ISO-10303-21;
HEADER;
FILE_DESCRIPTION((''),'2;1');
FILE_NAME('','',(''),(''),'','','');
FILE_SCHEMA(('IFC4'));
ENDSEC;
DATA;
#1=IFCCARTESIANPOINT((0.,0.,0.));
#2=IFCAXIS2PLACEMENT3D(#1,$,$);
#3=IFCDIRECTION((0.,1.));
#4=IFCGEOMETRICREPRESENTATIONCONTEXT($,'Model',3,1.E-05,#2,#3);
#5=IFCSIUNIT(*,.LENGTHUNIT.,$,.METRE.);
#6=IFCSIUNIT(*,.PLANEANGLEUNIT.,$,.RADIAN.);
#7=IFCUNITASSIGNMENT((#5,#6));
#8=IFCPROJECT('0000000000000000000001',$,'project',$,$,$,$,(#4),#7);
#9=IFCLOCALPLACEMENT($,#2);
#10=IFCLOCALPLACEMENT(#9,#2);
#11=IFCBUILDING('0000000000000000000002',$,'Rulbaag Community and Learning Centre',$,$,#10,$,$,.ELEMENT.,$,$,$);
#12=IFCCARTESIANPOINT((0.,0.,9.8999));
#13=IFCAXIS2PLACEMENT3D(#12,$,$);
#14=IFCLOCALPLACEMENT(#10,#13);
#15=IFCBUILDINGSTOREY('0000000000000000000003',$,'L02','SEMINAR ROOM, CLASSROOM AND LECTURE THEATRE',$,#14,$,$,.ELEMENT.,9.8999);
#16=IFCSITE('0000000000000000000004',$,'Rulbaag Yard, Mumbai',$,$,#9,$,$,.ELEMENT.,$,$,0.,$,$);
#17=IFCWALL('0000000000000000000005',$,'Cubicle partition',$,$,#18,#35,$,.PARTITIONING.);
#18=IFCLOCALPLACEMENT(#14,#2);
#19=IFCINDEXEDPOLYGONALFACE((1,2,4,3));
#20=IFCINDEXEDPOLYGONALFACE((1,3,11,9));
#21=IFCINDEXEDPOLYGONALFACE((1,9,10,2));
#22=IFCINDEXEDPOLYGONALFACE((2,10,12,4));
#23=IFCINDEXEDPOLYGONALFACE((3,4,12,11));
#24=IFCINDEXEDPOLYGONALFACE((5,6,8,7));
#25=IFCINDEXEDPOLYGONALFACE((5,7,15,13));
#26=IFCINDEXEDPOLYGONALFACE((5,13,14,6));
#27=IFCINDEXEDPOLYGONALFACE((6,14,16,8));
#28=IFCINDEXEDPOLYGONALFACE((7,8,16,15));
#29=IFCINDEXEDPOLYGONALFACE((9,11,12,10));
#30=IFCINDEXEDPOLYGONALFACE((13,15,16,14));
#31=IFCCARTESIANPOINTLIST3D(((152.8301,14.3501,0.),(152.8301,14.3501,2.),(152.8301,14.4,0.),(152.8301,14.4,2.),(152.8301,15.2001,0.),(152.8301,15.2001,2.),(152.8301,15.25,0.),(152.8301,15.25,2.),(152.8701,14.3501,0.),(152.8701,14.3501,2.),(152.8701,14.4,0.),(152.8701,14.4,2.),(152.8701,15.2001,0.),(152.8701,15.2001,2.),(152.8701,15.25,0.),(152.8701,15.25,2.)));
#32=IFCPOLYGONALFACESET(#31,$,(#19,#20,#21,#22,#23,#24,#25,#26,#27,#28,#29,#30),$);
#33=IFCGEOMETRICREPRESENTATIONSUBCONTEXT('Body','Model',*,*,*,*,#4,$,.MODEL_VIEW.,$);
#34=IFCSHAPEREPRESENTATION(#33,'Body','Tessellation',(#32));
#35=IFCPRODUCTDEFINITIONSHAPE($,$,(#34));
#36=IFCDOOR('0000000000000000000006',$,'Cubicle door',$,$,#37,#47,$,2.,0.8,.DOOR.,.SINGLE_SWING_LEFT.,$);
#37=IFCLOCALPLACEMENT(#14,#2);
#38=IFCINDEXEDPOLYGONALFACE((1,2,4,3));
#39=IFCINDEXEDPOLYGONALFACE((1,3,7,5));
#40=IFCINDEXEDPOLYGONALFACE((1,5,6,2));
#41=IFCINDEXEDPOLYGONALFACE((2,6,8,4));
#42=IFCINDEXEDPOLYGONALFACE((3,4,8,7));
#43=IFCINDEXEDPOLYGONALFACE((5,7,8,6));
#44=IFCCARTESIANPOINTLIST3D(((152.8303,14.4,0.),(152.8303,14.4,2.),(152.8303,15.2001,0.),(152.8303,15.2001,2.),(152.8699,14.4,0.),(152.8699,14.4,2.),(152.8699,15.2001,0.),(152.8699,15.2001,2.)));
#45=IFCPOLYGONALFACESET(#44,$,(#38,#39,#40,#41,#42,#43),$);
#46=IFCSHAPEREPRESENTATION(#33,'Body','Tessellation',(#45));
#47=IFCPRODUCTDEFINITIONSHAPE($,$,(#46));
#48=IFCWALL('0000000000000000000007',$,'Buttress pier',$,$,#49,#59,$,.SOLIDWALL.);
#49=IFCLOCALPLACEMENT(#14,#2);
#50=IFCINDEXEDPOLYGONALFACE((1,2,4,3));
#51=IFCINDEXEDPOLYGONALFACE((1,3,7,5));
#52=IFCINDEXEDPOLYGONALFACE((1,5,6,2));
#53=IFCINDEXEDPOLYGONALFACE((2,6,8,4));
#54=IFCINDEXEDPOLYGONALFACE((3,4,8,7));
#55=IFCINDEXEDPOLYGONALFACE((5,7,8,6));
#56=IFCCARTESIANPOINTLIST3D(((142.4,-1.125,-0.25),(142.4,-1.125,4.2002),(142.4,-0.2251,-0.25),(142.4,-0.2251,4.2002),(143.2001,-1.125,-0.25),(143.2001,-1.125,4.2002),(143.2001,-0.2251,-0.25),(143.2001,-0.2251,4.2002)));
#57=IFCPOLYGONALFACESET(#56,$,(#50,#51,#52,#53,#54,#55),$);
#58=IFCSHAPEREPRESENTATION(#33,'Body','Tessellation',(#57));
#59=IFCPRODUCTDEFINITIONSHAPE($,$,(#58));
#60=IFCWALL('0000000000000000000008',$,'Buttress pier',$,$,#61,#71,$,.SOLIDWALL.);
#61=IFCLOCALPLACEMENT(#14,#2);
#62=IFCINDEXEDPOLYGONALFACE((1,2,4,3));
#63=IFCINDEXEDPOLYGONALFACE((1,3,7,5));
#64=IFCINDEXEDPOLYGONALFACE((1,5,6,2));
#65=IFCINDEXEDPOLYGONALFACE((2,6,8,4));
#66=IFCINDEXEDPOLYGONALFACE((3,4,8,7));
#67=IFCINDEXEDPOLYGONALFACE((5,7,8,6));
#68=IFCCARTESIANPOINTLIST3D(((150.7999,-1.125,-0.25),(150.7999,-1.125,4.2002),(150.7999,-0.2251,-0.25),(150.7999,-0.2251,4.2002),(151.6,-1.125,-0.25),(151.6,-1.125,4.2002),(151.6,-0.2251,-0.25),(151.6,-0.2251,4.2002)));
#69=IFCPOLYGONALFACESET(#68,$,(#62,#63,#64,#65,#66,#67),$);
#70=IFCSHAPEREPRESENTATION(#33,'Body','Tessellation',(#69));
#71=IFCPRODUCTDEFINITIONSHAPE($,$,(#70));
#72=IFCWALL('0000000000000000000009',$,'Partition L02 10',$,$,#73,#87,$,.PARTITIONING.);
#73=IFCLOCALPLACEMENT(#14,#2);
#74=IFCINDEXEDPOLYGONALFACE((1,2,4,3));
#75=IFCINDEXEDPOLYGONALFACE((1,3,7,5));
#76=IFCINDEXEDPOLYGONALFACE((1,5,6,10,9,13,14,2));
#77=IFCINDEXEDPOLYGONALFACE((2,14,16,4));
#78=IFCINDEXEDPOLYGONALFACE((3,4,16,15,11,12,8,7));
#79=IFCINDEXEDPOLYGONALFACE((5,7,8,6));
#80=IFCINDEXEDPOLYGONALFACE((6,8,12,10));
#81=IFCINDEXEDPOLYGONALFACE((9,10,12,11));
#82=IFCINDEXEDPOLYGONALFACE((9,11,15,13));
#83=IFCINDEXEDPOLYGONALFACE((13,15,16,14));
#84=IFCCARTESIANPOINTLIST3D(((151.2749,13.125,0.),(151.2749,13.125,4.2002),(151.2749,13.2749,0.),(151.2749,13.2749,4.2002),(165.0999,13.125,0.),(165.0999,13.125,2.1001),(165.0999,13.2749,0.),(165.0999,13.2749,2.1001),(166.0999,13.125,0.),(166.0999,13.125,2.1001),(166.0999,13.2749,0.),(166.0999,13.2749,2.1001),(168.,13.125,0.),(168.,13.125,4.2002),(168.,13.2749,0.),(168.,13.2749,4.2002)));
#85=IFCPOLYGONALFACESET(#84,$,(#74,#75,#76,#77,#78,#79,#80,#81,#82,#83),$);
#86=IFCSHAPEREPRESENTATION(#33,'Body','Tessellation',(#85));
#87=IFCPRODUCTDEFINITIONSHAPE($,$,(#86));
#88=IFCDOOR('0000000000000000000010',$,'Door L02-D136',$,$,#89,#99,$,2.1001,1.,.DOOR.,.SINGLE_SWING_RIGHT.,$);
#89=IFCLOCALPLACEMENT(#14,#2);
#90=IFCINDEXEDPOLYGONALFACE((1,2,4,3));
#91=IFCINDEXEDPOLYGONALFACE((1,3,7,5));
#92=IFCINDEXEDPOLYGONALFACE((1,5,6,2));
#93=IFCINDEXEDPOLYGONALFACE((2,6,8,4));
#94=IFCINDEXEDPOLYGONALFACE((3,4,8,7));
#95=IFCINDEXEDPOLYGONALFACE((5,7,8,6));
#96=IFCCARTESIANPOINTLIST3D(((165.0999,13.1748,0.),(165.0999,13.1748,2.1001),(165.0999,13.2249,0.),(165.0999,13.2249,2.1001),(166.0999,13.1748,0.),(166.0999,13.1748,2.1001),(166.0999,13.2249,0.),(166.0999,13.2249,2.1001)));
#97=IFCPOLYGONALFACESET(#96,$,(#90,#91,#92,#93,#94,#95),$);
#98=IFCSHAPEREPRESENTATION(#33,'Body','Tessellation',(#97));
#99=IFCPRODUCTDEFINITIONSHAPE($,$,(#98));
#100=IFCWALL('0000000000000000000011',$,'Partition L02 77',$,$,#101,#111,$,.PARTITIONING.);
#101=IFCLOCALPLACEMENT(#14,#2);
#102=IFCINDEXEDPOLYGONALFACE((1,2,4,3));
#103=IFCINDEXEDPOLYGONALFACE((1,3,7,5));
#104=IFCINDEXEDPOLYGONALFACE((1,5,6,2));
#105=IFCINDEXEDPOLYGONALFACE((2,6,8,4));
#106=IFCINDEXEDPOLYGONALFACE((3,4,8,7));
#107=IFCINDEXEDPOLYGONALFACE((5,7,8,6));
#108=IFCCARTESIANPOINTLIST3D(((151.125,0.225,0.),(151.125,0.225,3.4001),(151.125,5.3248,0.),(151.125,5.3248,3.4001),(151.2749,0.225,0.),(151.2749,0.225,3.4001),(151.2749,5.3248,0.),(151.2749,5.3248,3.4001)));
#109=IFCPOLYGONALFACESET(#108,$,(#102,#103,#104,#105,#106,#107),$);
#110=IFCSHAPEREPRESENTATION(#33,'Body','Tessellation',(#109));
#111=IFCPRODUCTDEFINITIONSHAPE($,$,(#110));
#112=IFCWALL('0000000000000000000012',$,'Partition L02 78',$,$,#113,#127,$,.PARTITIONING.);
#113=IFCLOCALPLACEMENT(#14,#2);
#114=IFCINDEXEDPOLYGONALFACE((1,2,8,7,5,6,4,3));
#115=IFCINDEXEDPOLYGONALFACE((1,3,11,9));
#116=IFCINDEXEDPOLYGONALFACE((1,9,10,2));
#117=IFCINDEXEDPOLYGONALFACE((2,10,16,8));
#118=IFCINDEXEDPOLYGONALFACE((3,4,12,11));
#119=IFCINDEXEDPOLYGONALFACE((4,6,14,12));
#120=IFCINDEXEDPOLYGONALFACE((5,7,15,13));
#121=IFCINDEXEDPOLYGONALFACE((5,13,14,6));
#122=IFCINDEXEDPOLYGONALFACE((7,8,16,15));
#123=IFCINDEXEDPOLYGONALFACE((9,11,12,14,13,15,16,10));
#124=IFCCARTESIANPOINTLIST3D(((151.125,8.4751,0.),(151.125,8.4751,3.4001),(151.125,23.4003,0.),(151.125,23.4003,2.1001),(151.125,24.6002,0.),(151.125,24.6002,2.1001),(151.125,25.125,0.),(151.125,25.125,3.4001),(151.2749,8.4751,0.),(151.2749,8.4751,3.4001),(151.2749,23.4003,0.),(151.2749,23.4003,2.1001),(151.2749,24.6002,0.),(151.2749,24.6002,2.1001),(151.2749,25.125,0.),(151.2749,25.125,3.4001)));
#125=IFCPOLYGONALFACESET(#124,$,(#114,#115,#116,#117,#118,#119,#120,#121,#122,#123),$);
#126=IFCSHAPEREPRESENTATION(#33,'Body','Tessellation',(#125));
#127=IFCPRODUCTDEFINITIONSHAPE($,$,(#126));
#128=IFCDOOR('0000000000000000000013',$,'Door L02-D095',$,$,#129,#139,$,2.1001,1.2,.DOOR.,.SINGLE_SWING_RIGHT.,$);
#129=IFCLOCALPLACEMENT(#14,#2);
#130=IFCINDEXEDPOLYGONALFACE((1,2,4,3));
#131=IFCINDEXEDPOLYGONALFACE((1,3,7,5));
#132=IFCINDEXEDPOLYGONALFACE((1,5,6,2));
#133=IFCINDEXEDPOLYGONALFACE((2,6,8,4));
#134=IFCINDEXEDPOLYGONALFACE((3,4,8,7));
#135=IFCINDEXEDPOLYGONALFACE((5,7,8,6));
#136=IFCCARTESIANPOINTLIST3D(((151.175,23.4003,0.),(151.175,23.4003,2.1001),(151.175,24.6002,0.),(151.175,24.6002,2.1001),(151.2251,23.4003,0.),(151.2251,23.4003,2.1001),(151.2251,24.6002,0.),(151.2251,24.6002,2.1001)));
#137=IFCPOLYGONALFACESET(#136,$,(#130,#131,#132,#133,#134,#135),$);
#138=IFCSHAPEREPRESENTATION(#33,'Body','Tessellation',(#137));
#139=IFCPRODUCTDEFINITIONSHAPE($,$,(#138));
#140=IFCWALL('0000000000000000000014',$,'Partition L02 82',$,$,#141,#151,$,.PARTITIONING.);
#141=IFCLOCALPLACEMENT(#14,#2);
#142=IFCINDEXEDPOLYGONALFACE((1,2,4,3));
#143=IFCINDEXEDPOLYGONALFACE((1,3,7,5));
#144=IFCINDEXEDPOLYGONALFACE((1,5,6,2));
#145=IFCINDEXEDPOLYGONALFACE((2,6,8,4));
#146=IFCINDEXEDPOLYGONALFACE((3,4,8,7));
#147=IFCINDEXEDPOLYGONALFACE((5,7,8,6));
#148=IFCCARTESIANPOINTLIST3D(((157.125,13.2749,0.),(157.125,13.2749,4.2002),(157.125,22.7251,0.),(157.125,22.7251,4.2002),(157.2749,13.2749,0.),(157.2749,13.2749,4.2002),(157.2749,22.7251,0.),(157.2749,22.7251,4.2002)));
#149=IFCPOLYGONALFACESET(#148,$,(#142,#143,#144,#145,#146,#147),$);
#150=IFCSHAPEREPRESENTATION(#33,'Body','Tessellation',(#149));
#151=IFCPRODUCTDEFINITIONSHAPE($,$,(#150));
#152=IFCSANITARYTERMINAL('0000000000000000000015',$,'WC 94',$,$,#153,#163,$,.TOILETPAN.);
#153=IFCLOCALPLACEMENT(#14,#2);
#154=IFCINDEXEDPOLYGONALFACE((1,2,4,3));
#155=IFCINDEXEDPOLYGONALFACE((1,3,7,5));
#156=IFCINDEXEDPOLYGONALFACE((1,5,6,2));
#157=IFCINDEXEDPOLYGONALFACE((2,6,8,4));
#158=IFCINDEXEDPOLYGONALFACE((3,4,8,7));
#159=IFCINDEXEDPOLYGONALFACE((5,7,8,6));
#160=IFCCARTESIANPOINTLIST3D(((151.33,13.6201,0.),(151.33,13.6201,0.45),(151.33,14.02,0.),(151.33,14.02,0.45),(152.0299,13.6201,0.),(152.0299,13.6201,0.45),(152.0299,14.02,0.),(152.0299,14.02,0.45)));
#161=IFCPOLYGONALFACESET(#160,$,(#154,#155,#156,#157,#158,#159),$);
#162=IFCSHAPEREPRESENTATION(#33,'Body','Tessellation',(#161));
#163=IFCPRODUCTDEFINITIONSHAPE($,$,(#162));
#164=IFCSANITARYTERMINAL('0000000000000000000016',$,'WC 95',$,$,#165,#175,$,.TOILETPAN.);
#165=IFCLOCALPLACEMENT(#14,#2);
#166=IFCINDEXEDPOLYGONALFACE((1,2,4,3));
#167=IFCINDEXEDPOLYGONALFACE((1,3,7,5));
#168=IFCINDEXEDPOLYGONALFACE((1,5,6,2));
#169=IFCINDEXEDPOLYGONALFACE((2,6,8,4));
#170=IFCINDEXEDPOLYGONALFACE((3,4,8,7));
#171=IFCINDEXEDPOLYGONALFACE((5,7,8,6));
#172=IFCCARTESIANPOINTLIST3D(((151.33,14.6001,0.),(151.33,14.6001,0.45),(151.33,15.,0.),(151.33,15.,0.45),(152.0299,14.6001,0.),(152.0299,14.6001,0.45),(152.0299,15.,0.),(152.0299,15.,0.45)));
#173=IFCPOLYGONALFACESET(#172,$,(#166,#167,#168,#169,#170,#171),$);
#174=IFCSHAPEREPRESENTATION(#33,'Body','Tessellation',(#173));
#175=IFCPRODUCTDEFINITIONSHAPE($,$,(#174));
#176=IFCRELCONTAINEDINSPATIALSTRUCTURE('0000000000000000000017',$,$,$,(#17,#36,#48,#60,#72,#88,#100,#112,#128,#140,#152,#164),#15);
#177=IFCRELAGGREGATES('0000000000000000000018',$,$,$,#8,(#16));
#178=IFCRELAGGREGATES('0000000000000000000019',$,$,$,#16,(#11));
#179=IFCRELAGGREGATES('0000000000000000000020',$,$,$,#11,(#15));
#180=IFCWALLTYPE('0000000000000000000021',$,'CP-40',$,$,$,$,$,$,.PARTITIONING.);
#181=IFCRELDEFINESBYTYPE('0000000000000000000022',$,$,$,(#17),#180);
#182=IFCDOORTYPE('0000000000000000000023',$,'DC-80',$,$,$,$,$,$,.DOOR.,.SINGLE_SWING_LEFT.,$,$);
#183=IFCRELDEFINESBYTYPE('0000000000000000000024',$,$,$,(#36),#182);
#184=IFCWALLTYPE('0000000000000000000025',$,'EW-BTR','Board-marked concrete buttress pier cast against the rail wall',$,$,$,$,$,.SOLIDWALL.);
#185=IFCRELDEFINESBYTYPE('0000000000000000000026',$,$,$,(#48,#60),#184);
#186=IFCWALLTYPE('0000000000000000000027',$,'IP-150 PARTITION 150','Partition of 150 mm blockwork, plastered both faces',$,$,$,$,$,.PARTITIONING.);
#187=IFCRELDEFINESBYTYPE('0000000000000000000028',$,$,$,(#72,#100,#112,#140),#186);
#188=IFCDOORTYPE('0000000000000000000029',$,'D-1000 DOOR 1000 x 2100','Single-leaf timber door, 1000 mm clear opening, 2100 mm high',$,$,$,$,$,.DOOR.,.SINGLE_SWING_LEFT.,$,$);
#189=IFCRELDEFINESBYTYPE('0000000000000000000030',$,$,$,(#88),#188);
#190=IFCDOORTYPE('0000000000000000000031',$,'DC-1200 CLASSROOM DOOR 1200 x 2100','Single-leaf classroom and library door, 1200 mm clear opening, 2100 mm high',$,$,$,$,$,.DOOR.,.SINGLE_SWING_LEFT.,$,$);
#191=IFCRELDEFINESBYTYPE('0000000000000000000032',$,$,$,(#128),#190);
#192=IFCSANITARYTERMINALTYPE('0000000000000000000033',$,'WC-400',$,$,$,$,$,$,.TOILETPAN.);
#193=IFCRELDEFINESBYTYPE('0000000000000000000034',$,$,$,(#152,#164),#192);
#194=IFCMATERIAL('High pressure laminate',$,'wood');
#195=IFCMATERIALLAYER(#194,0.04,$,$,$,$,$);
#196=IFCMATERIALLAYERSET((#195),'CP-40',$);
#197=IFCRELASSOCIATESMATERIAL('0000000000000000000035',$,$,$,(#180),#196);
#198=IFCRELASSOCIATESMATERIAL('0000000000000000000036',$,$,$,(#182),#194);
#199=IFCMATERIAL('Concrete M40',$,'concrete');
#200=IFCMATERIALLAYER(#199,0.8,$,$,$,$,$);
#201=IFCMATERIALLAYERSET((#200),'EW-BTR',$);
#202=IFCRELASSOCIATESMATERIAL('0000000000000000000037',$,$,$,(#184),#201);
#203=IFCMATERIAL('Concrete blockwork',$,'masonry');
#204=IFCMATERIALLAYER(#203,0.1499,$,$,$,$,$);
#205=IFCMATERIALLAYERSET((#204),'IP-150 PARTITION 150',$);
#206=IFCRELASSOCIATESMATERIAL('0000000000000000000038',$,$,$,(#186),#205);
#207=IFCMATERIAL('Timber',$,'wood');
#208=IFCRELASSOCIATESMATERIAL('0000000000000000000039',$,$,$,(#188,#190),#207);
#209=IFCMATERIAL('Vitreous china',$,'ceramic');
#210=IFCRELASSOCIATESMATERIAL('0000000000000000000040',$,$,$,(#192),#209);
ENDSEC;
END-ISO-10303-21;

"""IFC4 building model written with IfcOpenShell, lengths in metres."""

from ifc_helpers import new_model, si_unit, direction, frame, frame_2d, origin, origin_2d, place, context, subcontext, project, spatial, rectangle, extrude, material, layer, layer_set, type_object, element, fill, save


model = new_model("IFC4")

# Units and contexts
model_context = context("Model", 3, precision=1e-05, world=origin(), true_north=direction((0.0, 1.0)))
body_context = subcontext(model_context, "Body", "Model", "MODEL_VIEW")
ifc_project = project(units=[si_unit("LENGTHUNIT", "METRE"), si_unit("PLANEANGLEUNIT", "RADIAN")], contexts=[model_context])

# Site, building, storey
site_placement = place(None, origin())
site = spatial("IfcSite", under=ifc_project, at=site_placement, Name="Rulbaag Yard, Mumbai", CompositionType="ELEMENT", RefElevation=0.0)
building_placement = place(site_placement, origin())
building = spatial("IfcBuilding", under=site, at=building_placement, Name="Rulbaag Community and Learning Centre", CompositionType="ELEMENT")
storey_placement = place(building_placement, frame((0.0, 0.0, 9.8999)))
storey = spatial("IfcBuildingStorey", under=building, at=storey_placement, Name="L02", Description="SEMINAR ROOM, CLASSROOM AND LECTURE THEATRE", CompositionType="ELEMENT", Elevation=9.8999)

# Shared definitions
ifc_material_1 = material(Name="Concrete M40", Category="concrete")

# Shared definitions
ifc_material_2 = material(Name="High pressure laminate", Category="wood")
ifc_layer_1 = layer(ifc_material_2, 0.04)
ifc_layer_set_1 = layer_set([ifc_layer_1], Name="CP-40")
wall_type_1 = type_object("IfcWallType", Name="CP-40", PredefinedType="PARTITIONING", material=ifc_layer_set_1)

# Shared definitions
door_type_1 = type_object("IfcDoorType", Name="DC-80", OperationType="SINGLE_SWING_LEFT", PredefinedType="DOOR", material=ifc_material_2)

# Wall, opening, door
wall_1_placement = place(storey_placement, frame((152.8501, 14.3501, 0.0), z_axis=(0.0, 0.0, 1.0), x_axis=(0.0, 1.0, 0.0)))
wall_1 = element("IfcWall", 1, at=wall_1_placement, inside=storey, type_object=wall_type_1, Name="Cubicle partition", PredefinedType="PARTITIONING", context=body_context, shape_type="SweptSolid", body=[
    extrude(rectangle(XDim=0.8999, YDim=0.04, at=frame_2d((0.45, 0.0))), origin(), (0.0, 0.0, 1.0), 2.0),
])
opening_1_placement = place(wall_1_placement, frame((0.05, 0.0, 0.0)))
opening_1 = element("IfcOpeningElement", 2, at=opening_1_placement, cuts=wall_1, PredefinedType="OPENING", context=body_context, shape_type="SweptSolid", body=[
    extrude(rectangle(XDim=0.8, YDim=2.0, at=frame_2d((0.3999, 1.0))), frame((0.0, 0.03, 0.0), z_axis=(0.0, -1.0, 0.0), x_axis=(1.0, 0.0, 0.0)), (0.0, 0.0, 1.0), 0.0601),
])
door_1_placement = place(opening_1_placement, origin())
door_1 = element("IfcDoor", 3, at=door_1_placement, inside=storey, type_object=door_type_1, Name="Cubicle door", OperationType="SINGLE_SWING_LEFT", OverallHeight=2.0, OverallWidth=0.8, PredefinedType="DOOR", context=body_context, shape_type="SweptSolid", body=[
    extrude(rectangle(XDim=0.8, YDim=2.0, at=frame_2d((0.3999, 1.0))), frame((0.0, 0.0198, 0.0), z_axis=(0.0, -1.0, 0.0), x_axis=(1.0, 0.0, 0.0)), (0.0, 0.0, 1.0), 0.0396),
])
fill(opening_1, door_1)

# Walls
ifc_layer_2 = layer(ifc_material_1, 0.8)
ifc_layer_set_2 = layer_set([ifc_layer_2], Name="EW-BTR")
wall_type_2 = type_object("IfcWallType", Name="EW-BTR", Description="Board-marked concrete buttress pier cast against the rail wall", PredefinedType="SOLIDWALL", material=ifc_layer_set_2)
for number, where, z_axis, x_axis, name in (
    (4, (142.8, -0.2251, -0.25), (0.0, 0.0, 1.0), (0.0, -1.0, 0.0), "Buttress pier"),
    (5, (151.2, -0.2251, -0.25), (0.0, 0.0, 1.0), (0.0, -1.0, 0.0), "Buttress pier"),
):
    element("IfcWall", number, at=place(storey_placement, frame(where, z_axis=z_axis, x_axis=x_axis)), inside=storey, type_object=wall_type_2, Name=name, PredefinedType="SOLIDWALL", context=body_context, shape_type="SweptSolid", body=[
        extrude(rectangle(XDim=0.8999, YDim=0.8, at=frame_2d((0.45, 0.0))), origin(), (0.0, 0.0, 1.0), 4.4502),
    ])

# Wall, opening, door
ifc_material_3 = material(Name="Concrete blockwork", Category="masonry")
ifc_layer_3 = layer(ifc_material_3, 0.1499)
ifc_layer_set_3 = layer_set([ifc_layer_3], Name="IP-150 PARTITION 150")
wall_type_3 = type_object("IfcWallType", Name="IP-150 PARTITION 150", Description="Partition of 150 mm blockwork, plastered both faces", PredefinedType="PARTITIONING", material=ifc_layer_set_3)
wall_2_placement = place(storey_placement, frame((151.2749, 13.2, 0.0), z_axis=(0.0, 0.0, 1.0), x_axis=(1.0, 0.0, 0.0)))
wall_2 = element("IfcWall", 6, at=wall_2_placement, inside=storey, type_object=wall_type_3, Name="Partition L02 10", PredefinedType="PARTITIONING", context=body_context, shape_type="SweptSolid", body=[
    extrude(rectangle(XDim=16.7251, YDim=0.1499, at=frame_2d((8.3625, 0.0))), origin(), (0.0, 0.0, 1.0), 4.2002),
])
opening_2_placement = place(wall_2_placement, frame((13.825, 0.0, 0.0)))
opening_2 = element("IfcOpeningElement", 7, at=opening_2_placement, cuts=wall_2, PredefinedType="OPENING", context=body_context, shape_type="SweptSolid", body=[
    extrude(rectangle(XDim=1.0, YDim=2.1001, at=frame_2d((0.5, 1.05))), frame((0.0, 0.085, 0.0), z_axis=(0.0, -1.0, 0.0), x_axis=(1.0, 0.0, 0.0)), (0.0, 0.0, 1.0), 0.1699),
])
ifc_material_4 = material(Name="Timber", Category="wood")
door_type_2 = type_object("IfcDoorType", Name="D-1000 DOOR 1000 x 2100", Description="Single-leaf timber door, 1000 mm clear opening, 2100 mm high", OperationType="SINGLE_SWING_LEFT", PredefinedType="DOOR", material=ifc_material_4)
door_2_placement = place(opening_2_placement, origin())
door_2 = element("IfcDoor", 8, at=door_2_placement, inside=storey, type_object=door_type_2, Name="Door L02-D136", OperationType="SINGLE_SWING_RIGHT", OverallHeight=2.1001, OverallWidth=1.0, PredefinedType="DOOR", context=body_context, shape_type="SweptSolid", body=[
    extrude(rectangle(XDim=1.0, YDim=2.1001, at=frame_2d((0.5, 1.05))), frame((0.0, 0.0249, 0.0), z_axis=(0.0, -1.0, 0.0), x_axis=(1.0, 0.0, 0.0)), (0.0, 0.0, 1.0), 0.05),
])
fill(opening_2, door_2)

# Wall
wall_3_placement = place(storey_placement, frame((151.2, 0.2251, 0.0), z_axis=(0.0, 0.0, 1.0), x_axis=(0.0, 1.0, 0.0)))
element("IfcWall", 9, at=wall_3_placement, inside=storey, type_object=wall_type_3, Name="Partition L02 77", PredefinedType="PARTITIONING", context=body_context, shape_type="SweptSolid", body=[
    extrude(rectangle(XDim=5.0999, YDim=0.1499, at=frame_2d((2.5498, 0.0))), origin(), (0.0, 0.0, 1.0), 3.4001),
])

# Wall, opening, door
wall_4_placement = place(storey_placement, frame((151.2, 8.4751, 0.0), z_axis=(0.0, 0.0, 1.0), x_axis=(0.0, 1.0, 0.0)))
wall_4 = element("IfcWall", 10, at=wall_4_placement, inside=storey, type_object=wall_type_3, Name="Partition L02 78", PredefinedType="PARTITIONING", context=body_context, shape_type="SweptSolid", body=[
    extrude(rectangle(XDim=16.6499, YDim=0.1499, at=frame_2d((8.325, 0.0))), origin(), (0.0, 0.0, 1.0), 3.4001),
])
opening_3_placement = place(wall_4_placement, frame((14.925, 0.0, 0.0)))
opening_3 = element("IfcOpeningElement", 11, at=opening_3_placement, cuts=wall_4, PredefinedType="OPENING", context=body_context, shape_type="SweptSolid", body=[
    extrude(rectangle(XDim=1.2, YDim=2.1001, at=frame_2d((0.6001, 1.05))), frame((0.0, 0.085, 0.0), z_axis=(0.0, -1.0, 0.0), x_axis=(1.0, 0.0, 0.0)), (0.0, 0.0, 1.0), 0.1699),
])
door_type_3 = type_object("IfcDoorType", Name="DC-1200 CLASSROOM DOOR 1200 x 2100", Description="Single-leaf classroom and library door, 1200 mm clear opening, 2100 mm high", OperationType="SINGLE_SWING_LEFT", PredefinedType="DOOR", material=ifc_material_4)
door_3_placement = place(opening_3_placement, origin())
door_3 = element("IfcDoor", 12, at=door_3_placement, inside=storey, type_object=door_type_3, Name="Door L02-D095", OperationType="SINGLE_SWING_RIGHT", OverallHeight=2.1001, OverallWidth=1.2, PredefinedType="DOOR", context=body_context, shape_type="SweptSolid", body=[
    extrude(rectangle(XDim=1.2, YDim=2.1001, at=frame_2d((0.6001, 1.05))), frame((0.0, 0.0249, 0.0), z_axis=(0.0, -1.0, 0.0), x_axis=(1.0, 0.0, 0.0)), (0.0, 0.0, 1.0), 0.05),
])
fill(opening_3, door_3)

# Wall
wall_5_placement = place(storey_placement, frame((157.2, 13.2749, 0.0), z_axis=(0.0, 0.0, 1.0), x_axis=(0.0, 1.0, 0.0)))
element("IfcWall", 13, at=wall_5_placement, inside=storey, type_object=wall_type_3, Name="Partition L02 82", PredefinedType="PARTITIONING", context=body_context, shape_type="SweptSolid", body=[
    extrude(rectangle(XDim=9.4502, YDim=0.1499, at=frame_2d((4.7251, 0.0))), origin(), (0.0, 0.0, 1.0), 4.2002),
])

# Sanitary terminals
ifc_material_5 = material(Name="Vitreous china", Category="ceramic")
sanitary_terminal_type = type_object("IfcSanitaryTerminalType", Name="WC-400", PredefinedType="TOILETPAN", material=ifc_material_5)
for number, where, z_axis, x_axis, name in (
    (14, (151.6799, 13.8201, 0.0), (0.0, 0.0, 1.0), (1.0, 0.0, 0.0), "WC 94"),
    (15, (151.6799, 14.8, 0.0), (0.0, 0.0, 1.0), (1.0, 0.0, 0.0), "WC 95"),
):
    element("IfcSanitaryTerminal", number, at=place(storey_placement, frame(where, z_axis=z_axis, x_axis=x_axis)), inside=storey, type_object=sanitary_terminal_type, Name=name, PredefinedType="TOILETPAN", context=body_context, shape_type="SweptSolid", body=[
        extrude(rectangle(XDim=0.7, YDim=0.3999, at=origin_2d()), origin(), (0.0, 0.0, 1.0), 0.45),
    ])

save(model, "model.ifc")
